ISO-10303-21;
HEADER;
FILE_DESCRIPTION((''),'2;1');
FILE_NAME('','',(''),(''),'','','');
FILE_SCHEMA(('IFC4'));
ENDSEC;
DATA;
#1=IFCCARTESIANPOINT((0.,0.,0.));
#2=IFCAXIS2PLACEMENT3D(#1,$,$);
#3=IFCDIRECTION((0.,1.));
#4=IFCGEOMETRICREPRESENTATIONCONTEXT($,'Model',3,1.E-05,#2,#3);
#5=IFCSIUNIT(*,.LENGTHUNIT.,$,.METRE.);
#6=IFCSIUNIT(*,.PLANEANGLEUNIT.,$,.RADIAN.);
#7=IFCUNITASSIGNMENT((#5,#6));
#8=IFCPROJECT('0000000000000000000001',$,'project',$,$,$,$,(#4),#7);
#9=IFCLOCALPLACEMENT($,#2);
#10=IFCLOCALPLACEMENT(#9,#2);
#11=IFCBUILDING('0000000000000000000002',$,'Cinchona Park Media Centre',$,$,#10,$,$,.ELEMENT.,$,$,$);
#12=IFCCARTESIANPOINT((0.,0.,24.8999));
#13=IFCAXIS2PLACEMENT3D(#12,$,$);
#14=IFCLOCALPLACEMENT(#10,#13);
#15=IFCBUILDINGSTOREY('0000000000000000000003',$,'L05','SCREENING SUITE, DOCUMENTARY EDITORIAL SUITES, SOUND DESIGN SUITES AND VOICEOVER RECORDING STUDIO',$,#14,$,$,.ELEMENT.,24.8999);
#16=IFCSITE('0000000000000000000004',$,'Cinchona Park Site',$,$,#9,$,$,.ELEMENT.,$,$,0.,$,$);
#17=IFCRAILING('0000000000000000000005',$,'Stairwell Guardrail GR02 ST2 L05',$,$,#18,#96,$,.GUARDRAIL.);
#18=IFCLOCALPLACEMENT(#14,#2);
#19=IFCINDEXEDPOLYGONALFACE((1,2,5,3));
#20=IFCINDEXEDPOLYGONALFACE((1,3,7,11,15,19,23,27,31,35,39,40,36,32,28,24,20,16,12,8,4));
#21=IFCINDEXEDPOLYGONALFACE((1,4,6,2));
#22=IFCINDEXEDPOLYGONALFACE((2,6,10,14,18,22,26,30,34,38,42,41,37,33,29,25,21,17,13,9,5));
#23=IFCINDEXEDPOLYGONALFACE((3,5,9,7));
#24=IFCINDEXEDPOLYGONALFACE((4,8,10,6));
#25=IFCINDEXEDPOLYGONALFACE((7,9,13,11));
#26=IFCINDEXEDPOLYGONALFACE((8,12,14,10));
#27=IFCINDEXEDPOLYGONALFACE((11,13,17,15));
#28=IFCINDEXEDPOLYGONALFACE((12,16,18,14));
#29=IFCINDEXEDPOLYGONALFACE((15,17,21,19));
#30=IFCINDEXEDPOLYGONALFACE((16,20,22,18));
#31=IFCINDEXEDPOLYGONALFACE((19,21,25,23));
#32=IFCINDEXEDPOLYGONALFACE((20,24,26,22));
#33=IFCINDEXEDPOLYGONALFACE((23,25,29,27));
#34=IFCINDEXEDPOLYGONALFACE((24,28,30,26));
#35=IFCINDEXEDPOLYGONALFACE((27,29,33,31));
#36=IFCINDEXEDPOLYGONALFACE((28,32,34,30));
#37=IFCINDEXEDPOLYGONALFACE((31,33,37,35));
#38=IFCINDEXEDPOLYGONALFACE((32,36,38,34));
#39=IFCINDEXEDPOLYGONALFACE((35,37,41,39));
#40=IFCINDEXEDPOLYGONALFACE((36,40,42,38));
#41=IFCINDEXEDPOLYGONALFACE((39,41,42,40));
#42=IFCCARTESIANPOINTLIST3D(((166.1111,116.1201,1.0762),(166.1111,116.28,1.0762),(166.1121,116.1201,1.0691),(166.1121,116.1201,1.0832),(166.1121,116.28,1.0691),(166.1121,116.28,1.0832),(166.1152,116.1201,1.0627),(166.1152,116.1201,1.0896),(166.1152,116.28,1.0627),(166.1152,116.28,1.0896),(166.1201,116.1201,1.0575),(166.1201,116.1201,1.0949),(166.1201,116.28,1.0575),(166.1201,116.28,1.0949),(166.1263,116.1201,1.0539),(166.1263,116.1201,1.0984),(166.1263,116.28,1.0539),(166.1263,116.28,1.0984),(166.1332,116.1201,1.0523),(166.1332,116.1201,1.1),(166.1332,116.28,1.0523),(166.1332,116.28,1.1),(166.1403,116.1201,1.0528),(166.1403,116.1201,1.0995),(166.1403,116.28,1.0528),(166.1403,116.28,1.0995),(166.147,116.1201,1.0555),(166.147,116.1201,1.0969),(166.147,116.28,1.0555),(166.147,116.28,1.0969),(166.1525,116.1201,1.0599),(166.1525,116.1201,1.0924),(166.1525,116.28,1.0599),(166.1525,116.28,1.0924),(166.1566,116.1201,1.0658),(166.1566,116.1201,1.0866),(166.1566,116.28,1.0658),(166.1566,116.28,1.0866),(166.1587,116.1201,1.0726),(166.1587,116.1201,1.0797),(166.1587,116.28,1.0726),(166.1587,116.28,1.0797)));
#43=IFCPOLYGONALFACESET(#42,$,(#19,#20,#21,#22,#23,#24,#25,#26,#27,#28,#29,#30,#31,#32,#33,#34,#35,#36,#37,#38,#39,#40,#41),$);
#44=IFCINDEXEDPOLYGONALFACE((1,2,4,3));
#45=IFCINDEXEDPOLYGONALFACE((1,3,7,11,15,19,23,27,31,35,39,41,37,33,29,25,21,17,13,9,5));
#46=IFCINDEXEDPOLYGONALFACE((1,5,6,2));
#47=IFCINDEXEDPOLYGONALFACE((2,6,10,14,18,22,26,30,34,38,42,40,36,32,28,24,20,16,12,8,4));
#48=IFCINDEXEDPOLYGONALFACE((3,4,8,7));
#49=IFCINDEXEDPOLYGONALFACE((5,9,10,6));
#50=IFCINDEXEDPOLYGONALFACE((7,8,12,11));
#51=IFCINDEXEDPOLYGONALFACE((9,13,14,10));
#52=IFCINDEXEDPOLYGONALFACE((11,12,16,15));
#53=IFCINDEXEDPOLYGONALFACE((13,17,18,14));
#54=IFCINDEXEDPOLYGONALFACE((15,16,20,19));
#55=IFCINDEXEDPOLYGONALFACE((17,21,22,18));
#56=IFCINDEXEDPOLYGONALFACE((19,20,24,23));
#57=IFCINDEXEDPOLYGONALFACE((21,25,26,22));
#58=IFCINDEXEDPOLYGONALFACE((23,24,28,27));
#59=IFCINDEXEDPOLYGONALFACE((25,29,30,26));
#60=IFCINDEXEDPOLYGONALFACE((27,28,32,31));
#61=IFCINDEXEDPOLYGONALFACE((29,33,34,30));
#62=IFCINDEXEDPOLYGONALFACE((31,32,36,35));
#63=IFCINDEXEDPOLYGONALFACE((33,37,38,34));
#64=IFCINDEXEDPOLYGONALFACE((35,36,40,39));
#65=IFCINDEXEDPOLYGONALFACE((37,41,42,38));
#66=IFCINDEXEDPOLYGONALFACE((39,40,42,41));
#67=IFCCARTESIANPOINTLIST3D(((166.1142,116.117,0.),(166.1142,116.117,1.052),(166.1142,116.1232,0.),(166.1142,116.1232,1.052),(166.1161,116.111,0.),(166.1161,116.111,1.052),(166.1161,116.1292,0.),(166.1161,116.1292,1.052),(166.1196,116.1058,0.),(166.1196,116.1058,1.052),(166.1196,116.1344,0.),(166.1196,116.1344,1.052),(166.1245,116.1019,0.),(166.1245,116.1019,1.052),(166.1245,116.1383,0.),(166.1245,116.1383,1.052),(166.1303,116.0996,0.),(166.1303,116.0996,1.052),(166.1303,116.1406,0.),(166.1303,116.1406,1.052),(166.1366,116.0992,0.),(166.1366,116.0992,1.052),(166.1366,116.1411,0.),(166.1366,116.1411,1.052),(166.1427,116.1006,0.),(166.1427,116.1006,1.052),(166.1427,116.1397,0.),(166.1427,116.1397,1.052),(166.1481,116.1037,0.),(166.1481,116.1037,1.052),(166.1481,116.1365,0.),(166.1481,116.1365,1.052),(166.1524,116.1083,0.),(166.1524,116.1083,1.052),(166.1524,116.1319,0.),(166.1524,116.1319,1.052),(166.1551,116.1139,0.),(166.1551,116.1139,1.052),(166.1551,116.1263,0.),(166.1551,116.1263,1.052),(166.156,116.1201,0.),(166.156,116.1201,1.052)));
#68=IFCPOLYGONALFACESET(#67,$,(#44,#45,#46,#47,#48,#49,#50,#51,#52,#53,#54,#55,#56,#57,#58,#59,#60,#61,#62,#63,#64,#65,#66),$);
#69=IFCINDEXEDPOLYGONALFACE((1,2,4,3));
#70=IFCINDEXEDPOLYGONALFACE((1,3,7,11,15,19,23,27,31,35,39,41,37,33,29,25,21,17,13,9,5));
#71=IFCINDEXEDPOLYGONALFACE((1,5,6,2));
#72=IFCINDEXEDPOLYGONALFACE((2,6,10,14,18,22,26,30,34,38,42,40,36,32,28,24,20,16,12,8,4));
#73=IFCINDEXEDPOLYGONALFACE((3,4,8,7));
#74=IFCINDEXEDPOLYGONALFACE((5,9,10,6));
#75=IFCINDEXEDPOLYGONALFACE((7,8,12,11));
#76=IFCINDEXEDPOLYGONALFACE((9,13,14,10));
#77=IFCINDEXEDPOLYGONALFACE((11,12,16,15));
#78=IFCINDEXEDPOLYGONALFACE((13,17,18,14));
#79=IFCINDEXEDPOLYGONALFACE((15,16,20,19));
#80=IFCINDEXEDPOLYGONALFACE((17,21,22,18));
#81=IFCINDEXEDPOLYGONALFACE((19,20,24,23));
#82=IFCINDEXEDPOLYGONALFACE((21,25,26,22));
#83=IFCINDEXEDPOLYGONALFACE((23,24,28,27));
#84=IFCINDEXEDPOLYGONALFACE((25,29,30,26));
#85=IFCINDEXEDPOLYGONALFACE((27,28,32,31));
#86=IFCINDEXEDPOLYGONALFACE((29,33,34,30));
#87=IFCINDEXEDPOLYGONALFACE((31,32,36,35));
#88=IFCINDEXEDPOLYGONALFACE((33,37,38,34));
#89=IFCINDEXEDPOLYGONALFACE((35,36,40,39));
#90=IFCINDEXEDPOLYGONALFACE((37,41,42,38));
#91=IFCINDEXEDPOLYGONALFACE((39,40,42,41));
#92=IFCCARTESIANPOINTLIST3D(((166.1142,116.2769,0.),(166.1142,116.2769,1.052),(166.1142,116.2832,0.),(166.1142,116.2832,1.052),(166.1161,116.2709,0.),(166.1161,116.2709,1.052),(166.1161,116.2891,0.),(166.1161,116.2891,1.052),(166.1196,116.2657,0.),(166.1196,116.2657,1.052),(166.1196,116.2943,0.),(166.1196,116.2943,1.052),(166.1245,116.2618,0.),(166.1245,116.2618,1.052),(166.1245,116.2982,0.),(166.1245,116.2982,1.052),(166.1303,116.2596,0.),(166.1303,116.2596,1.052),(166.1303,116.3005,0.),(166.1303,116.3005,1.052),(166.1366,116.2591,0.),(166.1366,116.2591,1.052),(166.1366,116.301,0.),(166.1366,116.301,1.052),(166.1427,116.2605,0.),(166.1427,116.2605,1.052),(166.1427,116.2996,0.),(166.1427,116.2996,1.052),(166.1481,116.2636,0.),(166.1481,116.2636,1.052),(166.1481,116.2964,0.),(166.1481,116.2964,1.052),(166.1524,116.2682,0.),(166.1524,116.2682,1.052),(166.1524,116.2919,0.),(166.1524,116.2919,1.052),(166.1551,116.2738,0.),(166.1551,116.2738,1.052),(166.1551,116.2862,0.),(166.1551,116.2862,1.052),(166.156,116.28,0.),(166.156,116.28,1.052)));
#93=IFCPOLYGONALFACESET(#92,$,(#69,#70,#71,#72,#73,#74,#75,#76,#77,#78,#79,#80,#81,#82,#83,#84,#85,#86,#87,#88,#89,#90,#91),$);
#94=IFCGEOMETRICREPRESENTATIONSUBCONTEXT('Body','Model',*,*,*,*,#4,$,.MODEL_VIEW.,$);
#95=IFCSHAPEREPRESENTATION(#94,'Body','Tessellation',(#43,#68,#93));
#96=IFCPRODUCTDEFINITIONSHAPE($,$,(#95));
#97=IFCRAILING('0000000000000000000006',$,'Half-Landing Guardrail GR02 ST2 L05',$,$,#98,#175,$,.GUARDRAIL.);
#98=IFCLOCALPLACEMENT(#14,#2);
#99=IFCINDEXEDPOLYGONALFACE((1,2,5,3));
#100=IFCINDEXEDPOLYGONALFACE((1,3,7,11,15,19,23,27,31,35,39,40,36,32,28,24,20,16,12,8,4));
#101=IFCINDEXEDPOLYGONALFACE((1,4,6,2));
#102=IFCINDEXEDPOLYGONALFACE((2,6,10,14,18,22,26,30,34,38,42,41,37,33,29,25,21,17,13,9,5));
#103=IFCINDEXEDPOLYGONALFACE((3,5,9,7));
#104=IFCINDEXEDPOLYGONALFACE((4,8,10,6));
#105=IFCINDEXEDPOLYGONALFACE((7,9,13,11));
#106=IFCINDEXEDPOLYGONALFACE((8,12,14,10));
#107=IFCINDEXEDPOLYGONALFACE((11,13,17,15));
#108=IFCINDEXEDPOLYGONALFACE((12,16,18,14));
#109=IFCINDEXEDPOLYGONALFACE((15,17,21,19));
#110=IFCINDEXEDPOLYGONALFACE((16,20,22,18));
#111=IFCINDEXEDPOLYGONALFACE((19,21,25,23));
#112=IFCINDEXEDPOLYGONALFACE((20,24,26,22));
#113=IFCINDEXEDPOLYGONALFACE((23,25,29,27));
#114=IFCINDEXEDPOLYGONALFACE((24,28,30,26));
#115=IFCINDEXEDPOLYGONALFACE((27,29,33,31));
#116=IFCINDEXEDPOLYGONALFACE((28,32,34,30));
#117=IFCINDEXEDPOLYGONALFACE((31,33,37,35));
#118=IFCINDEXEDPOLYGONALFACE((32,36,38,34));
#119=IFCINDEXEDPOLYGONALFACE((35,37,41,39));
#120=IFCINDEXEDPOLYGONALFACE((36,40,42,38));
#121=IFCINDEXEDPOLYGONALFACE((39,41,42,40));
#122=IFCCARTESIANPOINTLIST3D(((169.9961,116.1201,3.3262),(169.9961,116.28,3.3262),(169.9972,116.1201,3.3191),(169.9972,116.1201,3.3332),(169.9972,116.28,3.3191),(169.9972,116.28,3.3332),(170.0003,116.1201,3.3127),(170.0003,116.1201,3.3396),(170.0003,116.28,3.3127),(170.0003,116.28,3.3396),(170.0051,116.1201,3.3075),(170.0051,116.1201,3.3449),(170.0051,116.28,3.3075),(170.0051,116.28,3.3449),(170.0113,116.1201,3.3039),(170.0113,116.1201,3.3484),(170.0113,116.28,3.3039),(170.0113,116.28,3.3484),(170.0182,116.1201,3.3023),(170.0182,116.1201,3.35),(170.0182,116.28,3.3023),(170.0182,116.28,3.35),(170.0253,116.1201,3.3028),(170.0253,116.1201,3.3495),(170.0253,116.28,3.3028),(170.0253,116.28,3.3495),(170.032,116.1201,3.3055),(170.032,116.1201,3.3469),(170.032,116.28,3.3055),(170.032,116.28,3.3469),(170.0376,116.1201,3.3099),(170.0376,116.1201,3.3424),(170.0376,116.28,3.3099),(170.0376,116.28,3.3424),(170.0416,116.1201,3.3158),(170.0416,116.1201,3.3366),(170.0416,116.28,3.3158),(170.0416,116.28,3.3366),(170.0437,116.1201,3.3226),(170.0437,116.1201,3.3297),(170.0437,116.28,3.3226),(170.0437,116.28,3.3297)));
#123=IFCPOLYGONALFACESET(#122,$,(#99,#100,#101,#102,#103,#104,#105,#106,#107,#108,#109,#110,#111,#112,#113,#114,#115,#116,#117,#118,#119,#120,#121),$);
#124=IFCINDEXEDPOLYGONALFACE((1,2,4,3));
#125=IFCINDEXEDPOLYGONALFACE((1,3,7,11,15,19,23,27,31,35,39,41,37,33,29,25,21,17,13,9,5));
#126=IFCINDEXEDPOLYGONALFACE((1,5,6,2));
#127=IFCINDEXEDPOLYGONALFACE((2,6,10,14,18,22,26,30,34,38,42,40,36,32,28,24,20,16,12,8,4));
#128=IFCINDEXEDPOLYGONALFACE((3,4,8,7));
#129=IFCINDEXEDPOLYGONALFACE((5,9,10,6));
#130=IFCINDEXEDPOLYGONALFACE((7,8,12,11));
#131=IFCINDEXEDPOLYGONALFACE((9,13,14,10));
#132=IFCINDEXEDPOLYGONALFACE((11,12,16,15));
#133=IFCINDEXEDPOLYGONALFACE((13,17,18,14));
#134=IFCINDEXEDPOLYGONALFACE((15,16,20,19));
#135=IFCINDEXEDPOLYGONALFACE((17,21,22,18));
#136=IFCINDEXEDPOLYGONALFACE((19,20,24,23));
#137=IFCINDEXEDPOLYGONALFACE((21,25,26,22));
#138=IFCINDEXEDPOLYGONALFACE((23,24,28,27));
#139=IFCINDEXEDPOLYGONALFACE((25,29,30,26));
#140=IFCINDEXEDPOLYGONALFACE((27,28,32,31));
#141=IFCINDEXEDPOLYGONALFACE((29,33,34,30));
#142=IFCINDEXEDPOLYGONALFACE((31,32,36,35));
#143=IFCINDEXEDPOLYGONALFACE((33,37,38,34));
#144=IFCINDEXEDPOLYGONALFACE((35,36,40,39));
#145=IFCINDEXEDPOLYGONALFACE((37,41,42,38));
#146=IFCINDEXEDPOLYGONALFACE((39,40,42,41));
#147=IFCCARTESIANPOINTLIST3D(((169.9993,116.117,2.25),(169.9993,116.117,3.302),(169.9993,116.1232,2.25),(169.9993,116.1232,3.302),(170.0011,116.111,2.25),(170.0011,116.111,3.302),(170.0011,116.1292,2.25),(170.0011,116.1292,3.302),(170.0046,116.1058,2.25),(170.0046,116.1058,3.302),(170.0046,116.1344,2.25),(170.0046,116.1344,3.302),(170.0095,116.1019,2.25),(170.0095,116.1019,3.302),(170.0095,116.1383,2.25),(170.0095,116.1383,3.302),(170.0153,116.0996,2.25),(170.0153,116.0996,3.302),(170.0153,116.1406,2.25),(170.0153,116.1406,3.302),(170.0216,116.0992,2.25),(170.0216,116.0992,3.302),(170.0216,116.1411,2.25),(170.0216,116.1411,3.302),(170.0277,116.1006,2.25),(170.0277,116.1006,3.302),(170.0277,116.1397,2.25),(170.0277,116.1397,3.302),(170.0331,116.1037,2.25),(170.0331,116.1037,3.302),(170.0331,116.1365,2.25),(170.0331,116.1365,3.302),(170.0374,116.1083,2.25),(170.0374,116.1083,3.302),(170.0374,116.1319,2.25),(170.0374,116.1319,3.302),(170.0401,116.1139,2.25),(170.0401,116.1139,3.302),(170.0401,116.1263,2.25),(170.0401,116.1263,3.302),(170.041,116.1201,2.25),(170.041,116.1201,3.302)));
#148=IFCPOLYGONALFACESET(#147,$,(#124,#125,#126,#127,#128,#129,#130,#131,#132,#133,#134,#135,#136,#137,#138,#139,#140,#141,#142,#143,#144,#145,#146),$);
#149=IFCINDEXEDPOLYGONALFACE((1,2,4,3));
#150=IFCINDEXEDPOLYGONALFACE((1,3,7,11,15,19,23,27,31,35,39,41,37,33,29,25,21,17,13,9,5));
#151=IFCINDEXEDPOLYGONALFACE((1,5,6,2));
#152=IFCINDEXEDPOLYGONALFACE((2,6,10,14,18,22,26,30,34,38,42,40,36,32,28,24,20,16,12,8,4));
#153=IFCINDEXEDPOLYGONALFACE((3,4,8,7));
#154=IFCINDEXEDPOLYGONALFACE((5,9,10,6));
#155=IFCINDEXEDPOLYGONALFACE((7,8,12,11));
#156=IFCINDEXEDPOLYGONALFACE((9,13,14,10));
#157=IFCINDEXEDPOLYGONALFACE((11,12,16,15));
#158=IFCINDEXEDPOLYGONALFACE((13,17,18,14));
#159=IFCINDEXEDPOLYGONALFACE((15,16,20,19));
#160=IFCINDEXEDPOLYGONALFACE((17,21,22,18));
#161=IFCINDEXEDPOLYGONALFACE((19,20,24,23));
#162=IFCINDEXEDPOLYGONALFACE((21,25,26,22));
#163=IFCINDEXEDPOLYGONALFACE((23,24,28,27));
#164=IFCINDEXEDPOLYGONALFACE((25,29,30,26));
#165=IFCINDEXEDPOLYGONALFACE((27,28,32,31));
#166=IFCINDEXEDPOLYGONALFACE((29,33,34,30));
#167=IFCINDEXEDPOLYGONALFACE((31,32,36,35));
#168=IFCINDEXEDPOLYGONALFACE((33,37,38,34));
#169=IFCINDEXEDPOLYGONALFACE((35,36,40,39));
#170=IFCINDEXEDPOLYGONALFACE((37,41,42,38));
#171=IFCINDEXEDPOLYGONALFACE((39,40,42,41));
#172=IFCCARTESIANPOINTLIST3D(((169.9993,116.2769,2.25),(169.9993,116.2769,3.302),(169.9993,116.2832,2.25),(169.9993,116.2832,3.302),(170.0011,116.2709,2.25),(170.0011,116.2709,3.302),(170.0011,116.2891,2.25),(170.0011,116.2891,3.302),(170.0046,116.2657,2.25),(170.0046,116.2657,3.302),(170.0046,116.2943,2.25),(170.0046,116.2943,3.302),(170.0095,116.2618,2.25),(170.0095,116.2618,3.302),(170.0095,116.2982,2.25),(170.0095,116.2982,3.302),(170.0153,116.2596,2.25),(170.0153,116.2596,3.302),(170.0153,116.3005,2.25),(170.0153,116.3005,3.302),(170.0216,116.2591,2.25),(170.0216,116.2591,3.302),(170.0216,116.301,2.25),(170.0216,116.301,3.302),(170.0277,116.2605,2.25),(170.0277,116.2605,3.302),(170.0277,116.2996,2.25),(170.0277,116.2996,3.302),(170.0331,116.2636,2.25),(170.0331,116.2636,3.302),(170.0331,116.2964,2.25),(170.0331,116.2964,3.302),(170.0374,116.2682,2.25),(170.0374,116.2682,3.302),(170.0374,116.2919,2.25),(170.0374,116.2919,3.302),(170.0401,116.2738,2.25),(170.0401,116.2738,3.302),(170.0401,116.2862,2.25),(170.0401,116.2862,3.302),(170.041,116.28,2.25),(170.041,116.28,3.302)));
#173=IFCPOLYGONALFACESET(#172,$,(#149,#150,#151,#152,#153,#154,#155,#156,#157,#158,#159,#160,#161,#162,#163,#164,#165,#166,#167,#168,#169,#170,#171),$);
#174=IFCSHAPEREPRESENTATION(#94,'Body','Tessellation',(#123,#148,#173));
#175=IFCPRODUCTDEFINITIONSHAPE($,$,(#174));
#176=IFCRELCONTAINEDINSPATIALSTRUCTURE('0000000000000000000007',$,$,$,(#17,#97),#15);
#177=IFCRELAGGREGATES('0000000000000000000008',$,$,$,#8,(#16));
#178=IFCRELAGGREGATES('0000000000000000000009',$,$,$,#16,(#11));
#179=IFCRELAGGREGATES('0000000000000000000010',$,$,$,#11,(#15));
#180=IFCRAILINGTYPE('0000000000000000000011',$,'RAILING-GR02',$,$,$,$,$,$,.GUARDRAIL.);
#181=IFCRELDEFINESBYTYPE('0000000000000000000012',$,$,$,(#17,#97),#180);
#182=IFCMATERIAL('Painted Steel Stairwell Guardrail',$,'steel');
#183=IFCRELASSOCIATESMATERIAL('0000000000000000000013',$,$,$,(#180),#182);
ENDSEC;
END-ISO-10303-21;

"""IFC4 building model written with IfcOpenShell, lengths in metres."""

from ifc_helpers import new_model, si_unit, direction, frame, origin, origin_2d, place, context, subcontext, project, spatial, circle, extrude, material, type_object, element, save


model = new_model("IFC4")

# Units and contexts
model_context = context("Model", 3, precision=1e-05, world=origin(), true_north=direction((0.0, 1.0)))
body_context = subcontext(model_context, "Body", "Model", "MODEL_VIEW")
ifc_project = project(units=[si_unit("LENGTHUNIT", "METRE"), si_unit("PLANEANGLEUNIT", "RADIAN")], contexts=[model_context])

# Site, building, storey
site_placement = place(None, origin())
site = spatial("IfcSite", under=ifc_project, at=site_placement, Name="Cinchona Park Site", CompositionType="ELEMENT", RefElevation=0.0)
building_placement = place(site_placement, origin())
building = spatial("IfcBuilding", under=site, at=building_placement, Name="Cinchona Park Media Centre", CompositionType="ELEMENT")
storey_placement = place(building_placement, frame((0.0, 0.0, 24.8999)))
storey = spatial("IfcBuildingStorey", under=building, at=storey_placement, Name="L05", Description="SCREENING SUITE, DOCUMENTARY EDITORIAL SUITES, SOUND DESIGN SUITES AND VOICEOVER RECORDING STUDIO", CompositionType="ELEMENT", Elevation=24.8999)

# Railings
ifc_material_1 = material(Name="Painted Steel Stairwell Guardrail", Category="steel")
railing_type_1 = type_object("IfcRailingType", Name="RAILING-GR02", PredefinedType="GUARDRAIL", material=ifc_material_1)
for number, where, name in (
    (1, (166.135, 116.1201, 0.0), "Stairwell Guardrail GR02 ST2 L05"),
    (2, (170.02, 116.1201, 2.25), "Half-Landing Guardrail GR02 ST2 L05"),
):
    element("IfcRailing", number, at=place(storey_placement, frame(where)), inside=storey, type_object=railing_type_1, Name=name, PredefinedType="GUARDRAIL", context=body_context, shape_type="SweptSolid", body=[
        extrude(circle(Radius=0.0239, at=origin_2d()), frame((0.0, 0.0, 1.0762), z_axis=(0.0, 1.0, 0.0), x_axis=(-1.0, 0.0, 0.0)), (0.0, 0.0, 1.0), 0.1599),
        extrude(circle(Radius=0.021, at=origin_2d()), origin(), (0.0, 0.0, 1.0), 1.052),
        extrude(circle(Radius=0.021, at=origin_2d()), frame((0.0, 0.1599, 0.0)), (0.0, 0.0, 1.0), 1.052),
    ])

save(model, "model.ifc")
